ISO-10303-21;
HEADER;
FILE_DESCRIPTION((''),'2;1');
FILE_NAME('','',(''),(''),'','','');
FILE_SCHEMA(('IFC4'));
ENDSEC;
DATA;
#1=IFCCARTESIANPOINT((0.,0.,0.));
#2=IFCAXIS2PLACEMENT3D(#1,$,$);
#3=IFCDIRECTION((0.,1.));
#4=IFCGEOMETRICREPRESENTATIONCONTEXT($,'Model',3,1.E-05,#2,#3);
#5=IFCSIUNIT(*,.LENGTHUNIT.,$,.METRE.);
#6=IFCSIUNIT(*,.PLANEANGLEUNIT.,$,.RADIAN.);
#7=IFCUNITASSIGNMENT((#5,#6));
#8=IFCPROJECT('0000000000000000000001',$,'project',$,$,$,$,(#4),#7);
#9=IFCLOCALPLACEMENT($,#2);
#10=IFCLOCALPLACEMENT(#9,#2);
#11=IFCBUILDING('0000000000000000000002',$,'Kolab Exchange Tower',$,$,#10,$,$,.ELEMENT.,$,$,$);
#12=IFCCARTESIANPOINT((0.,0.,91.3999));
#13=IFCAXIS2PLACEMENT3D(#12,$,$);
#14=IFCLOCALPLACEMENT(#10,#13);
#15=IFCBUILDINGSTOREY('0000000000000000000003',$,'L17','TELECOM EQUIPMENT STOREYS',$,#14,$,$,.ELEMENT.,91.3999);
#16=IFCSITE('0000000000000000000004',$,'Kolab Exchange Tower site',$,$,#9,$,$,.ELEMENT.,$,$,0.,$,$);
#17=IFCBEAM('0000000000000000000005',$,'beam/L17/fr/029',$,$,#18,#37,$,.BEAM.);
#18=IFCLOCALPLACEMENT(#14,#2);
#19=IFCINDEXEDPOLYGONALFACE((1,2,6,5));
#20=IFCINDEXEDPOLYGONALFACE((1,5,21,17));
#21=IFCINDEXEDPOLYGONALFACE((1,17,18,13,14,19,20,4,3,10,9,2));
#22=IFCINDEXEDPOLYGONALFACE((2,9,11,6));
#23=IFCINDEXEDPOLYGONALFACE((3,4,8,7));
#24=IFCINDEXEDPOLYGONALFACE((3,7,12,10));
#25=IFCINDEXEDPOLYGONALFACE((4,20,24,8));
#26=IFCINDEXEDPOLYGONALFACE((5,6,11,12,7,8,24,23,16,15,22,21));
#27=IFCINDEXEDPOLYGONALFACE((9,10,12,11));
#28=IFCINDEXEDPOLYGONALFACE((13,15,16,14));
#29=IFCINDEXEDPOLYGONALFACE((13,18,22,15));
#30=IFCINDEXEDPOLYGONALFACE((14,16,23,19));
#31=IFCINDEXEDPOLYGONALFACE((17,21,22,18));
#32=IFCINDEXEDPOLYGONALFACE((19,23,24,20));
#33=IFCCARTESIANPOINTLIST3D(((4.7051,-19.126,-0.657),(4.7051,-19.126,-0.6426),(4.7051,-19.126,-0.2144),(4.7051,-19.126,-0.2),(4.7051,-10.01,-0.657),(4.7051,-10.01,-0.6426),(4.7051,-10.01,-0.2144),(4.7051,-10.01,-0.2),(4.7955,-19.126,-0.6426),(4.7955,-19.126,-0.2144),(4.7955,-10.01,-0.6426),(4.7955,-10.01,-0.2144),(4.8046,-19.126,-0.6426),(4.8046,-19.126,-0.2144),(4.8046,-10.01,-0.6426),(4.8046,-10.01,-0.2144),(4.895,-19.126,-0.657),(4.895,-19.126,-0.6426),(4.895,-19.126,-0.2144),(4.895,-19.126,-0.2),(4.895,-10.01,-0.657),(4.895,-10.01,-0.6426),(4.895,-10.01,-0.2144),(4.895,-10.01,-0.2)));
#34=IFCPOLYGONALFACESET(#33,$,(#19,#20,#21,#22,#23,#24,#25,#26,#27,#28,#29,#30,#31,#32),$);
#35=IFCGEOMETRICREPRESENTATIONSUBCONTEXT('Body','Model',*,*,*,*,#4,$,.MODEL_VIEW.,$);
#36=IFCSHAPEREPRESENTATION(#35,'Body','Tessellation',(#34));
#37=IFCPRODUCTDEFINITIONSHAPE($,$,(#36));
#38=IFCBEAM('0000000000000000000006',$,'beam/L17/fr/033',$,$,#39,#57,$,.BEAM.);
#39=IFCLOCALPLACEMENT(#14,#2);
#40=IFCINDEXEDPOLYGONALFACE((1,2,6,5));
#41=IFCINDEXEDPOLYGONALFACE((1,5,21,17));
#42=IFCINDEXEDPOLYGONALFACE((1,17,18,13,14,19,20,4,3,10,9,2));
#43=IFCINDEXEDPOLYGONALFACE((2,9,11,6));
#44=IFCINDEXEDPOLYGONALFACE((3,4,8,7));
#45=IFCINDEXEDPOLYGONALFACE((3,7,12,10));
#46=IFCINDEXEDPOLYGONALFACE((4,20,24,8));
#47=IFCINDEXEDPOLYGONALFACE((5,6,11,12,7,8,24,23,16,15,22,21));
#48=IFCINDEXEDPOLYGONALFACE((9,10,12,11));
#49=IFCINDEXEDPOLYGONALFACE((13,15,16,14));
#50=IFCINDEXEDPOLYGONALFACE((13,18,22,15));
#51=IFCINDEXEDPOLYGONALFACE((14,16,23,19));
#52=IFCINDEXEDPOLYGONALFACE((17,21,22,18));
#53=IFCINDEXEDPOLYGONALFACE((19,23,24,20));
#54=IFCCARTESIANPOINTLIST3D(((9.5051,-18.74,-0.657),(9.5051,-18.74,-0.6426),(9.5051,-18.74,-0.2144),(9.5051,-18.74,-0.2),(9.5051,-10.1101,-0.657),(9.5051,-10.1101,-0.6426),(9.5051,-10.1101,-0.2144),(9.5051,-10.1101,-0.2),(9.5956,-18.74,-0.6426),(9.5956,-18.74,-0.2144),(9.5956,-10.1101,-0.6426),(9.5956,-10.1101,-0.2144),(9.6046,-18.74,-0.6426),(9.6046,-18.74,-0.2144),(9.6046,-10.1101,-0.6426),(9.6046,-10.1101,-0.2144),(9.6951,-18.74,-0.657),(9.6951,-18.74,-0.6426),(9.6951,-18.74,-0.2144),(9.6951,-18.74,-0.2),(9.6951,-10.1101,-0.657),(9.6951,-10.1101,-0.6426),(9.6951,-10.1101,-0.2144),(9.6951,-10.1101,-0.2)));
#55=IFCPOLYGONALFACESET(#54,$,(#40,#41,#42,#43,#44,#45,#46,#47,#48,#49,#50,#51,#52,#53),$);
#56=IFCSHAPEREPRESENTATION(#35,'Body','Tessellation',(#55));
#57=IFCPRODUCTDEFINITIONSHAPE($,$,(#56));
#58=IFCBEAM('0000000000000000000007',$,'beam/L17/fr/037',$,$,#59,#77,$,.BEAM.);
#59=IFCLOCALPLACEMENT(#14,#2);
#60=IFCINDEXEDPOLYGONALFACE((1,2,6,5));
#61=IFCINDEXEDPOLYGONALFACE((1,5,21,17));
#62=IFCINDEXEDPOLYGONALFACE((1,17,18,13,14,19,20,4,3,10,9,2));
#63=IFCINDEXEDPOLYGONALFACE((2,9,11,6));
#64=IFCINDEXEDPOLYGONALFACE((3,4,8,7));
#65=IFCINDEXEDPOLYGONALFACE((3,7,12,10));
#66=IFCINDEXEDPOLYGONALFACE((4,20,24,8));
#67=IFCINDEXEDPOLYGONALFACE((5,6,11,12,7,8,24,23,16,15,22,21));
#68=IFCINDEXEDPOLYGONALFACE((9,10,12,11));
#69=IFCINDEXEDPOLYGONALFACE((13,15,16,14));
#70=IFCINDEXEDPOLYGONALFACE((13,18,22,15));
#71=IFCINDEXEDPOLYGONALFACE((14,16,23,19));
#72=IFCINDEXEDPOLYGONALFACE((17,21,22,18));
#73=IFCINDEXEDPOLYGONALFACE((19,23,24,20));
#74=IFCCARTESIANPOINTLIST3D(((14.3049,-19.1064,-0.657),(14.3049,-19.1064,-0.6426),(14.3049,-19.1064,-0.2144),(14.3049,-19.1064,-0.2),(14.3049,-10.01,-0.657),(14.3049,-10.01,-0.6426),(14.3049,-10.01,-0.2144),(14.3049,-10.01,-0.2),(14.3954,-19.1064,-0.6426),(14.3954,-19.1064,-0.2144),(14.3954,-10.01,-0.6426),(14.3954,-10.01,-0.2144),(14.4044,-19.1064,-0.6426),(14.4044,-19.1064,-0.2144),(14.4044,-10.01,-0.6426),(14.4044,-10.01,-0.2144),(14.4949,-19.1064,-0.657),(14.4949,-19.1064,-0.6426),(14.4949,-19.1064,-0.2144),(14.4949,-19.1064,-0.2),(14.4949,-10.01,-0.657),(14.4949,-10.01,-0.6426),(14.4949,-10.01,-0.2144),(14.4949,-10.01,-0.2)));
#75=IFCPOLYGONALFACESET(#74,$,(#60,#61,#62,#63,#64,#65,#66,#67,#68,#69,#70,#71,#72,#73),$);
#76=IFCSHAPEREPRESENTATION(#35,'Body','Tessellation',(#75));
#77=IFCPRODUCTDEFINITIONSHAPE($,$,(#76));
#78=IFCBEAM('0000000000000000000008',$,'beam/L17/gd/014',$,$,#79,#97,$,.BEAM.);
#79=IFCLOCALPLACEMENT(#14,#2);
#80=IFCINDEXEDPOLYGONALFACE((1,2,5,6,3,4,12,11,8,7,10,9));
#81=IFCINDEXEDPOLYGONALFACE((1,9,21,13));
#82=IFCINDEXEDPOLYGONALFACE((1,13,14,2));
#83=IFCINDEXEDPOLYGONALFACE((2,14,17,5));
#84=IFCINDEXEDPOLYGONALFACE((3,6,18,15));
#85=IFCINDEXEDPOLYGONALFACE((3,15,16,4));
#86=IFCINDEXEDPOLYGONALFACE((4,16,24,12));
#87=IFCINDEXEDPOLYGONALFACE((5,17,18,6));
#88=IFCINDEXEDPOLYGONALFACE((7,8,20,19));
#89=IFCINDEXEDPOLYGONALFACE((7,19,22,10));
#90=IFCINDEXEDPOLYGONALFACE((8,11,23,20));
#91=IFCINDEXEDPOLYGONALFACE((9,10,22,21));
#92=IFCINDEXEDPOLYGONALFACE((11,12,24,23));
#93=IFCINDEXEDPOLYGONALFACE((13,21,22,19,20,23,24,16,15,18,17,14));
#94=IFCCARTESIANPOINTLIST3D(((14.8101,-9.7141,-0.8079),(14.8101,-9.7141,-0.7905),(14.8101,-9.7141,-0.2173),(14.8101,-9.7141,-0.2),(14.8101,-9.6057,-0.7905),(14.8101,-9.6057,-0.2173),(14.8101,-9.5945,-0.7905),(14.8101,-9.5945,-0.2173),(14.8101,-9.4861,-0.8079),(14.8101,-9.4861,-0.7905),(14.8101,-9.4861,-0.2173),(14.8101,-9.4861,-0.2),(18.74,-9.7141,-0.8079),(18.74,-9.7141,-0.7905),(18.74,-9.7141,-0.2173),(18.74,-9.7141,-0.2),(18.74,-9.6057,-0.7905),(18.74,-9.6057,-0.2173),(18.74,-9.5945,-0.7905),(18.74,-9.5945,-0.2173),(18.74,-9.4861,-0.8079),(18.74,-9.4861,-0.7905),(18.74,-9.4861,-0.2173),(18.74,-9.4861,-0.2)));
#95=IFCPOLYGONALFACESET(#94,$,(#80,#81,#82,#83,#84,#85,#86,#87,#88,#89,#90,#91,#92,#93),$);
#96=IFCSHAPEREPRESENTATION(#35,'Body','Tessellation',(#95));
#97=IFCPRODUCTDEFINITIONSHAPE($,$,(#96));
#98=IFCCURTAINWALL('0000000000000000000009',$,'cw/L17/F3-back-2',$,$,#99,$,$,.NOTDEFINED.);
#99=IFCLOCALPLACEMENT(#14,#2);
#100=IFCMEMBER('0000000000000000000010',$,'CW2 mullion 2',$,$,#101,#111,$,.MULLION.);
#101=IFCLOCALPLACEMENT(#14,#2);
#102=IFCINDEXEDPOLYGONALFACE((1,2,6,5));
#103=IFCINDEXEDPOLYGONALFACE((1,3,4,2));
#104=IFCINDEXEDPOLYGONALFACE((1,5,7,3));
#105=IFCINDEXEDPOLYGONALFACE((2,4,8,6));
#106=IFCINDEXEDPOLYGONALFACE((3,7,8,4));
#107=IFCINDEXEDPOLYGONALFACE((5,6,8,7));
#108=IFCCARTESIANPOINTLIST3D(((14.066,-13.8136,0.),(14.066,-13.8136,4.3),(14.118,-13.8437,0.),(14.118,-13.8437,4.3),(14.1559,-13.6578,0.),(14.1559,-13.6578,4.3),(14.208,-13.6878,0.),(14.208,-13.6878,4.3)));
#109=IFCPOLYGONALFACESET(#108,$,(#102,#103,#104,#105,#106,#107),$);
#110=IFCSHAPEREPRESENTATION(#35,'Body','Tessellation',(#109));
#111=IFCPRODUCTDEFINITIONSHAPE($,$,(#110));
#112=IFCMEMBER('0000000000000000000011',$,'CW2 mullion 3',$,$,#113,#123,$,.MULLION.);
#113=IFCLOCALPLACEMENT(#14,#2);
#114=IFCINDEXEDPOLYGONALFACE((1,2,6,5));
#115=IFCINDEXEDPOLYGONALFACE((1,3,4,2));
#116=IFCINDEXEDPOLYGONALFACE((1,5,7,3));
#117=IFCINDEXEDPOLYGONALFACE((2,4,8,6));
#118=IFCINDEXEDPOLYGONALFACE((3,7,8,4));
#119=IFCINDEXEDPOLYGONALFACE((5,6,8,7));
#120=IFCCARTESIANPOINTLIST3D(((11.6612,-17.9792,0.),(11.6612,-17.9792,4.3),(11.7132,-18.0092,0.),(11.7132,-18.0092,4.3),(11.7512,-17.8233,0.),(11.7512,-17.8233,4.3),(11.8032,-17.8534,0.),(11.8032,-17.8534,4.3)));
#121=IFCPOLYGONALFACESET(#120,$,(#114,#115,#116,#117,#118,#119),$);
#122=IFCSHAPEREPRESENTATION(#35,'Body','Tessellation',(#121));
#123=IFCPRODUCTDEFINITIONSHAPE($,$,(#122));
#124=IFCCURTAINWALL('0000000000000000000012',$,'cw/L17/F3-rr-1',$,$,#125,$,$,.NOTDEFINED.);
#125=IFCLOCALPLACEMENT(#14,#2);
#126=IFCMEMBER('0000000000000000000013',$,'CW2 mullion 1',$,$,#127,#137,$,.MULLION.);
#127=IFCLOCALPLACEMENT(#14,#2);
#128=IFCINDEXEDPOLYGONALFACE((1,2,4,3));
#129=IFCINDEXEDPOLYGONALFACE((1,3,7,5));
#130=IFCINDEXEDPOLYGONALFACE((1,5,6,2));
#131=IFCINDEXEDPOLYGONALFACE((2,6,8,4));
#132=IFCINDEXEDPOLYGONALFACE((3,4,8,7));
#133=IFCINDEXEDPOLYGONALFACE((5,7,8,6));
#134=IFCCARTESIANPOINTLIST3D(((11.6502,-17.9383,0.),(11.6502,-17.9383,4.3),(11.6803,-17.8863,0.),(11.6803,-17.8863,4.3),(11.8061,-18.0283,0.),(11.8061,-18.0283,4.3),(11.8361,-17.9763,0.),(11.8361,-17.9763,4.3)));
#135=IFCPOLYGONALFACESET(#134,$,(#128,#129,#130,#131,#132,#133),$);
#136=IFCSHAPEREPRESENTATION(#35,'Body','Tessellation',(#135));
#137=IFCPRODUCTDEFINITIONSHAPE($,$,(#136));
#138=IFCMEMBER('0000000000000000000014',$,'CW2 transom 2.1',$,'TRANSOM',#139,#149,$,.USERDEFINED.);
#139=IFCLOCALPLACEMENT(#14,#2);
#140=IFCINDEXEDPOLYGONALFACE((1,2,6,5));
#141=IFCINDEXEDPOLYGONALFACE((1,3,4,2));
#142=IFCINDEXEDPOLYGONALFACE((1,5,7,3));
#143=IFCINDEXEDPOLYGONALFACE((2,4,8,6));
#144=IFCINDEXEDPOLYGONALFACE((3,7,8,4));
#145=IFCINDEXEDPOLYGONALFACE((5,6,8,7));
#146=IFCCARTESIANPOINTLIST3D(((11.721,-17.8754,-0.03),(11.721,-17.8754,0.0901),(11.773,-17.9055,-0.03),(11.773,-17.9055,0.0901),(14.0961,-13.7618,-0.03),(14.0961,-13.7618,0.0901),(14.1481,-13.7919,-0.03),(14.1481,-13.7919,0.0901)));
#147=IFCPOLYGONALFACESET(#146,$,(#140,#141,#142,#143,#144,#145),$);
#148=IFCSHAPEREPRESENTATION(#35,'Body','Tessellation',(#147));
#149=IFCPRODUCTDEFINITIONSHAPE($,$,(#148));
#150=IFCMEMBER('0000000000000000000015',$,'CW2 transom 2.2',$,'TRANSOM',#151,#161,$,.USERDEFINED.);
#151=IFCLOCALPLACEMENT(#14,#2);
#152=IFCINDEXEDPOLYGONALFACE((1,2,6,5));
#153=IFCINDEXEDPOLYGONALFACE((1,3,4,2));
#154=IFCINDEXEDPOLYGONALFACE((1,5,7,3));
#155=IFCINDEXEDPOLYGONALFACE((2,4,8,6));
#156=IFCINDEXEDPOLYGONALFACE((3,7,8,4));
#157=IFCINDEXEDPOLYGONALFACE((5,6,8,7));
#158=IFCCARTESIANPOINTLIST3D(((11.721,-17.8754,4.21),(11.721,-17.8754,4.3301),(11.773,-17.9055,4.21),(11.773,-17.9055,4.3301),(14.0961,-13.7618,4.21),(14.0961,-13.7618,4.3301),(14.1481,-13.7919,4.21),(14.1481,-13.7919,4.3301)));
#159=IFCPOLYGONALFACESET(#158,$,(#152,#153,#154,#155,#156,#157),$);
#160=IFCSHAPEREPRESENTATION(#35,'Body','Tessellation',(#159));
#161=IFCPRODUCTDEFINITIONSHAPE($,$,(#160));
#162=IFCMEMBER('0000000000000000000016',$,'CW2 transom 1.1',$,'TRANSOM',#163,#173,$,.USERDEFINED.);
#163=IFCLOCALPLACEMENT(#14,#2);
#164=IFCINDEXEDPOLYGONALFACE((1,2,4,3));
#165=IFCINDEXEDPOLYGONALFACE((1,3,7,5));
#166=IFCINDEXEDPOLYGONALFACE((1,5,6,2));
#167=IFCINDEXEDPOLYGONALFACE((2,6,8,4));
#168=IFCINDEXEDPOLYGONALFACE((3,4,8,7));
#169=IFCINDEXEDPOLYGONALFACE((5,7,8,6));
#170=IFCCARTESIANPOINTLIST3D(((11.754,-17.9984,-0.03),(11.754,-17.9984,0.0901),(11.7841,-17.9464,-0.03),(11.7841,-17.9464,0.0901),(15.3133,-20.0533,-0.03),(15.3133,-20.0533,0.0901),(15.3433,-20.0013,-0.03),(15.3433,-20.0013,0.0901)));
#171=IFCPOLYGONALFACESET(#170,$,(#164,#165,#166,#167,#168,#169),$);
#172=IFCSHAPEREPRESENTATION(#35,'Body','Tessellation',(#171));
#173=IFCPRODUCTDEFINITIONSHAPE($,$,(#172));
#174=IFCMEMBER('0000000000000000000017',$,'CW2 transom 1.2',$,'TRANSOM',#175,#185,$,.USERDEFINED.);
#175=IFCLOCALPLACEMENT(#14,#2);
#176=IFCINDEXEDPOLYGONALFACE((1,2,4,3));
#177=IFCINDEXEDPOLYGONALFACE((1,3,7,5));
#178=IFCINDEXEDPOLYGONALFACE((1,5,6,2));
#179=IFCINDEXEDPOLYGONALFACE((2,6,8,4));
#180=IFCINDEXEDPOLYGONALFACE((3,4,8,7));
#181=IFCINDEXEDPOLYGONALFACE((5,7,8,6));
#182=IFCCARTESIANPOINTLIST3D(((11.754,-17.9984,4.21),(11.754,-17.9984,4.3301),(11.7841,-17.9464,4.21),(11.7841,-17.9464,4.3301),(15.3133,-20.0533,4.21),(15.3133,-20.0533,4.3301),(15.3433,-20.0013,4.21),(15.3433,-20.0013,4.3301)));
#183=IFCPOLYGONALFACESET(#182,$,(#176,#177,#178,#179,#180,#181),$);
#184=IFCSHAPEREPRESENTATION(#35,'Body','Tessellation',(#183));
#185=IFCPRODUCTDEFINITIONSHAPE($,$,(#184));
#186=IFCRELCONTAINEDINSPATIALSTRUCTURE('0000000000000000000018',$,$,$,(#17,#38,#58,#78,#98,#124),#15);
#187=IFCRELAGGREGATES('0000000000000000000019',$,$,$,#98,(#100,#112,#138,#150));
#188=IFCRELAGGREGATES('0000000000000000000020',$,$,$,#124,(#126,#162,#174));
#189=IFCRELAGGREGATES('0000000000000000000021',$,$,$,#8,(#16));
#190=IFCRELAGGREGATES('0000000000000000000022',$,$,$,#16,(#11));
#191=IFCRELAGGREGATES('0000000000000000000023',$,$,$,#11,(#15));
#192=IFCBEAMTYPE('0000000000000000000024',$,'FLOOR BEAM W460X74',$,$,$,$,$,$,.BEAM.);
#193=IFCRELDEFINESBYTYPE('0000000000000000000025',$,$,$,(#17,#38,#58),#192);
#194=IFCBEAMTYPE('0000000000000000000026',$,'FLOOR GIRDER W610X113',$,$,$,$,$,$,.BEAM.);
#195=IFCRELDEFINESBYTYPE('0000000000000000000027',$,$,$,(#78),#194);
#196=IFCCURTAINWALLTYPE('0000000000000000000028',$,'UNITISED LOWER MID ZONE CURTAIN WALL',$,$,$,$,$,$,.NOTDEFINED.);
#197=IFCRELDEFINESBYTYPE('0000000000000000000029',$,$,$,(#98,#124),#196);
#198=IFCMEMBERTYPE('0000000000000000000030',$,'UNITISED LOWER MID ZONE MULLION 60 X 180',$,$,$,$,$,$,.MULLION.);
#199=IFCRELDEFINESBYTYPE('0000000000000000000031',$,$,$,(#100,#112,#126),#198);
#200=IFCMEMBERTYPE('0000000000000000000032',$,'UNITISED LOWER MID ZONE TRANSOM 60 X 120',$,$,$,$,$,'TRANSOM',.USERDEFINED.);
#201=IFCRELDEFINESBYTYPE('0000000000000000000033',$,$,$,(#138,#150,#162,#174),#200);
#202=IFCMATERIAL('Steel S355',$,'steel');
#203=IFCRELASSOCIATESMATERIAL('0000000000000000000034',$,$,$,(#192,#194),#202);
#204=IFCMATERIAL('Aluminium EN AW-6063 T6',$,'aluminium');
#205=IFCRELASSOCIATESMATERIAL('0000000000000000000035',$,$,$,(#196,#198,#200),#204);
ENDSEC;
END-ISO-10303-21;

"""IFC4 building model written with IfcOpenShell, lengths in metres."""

from ifc_helpers import new_model, si_unit, direction, frame, origin, origin_2d, place, context, subcontext, project, spatial, rectangle, i_section, extrude, material, material_profile, profile_set, type_object, element, aggregate, save


model = new_model("IFC4")

# Units and contexts
model_context = context("Model", 3, precision=1e-05, world=origin(), true_north=direction((0.0, 1.0)))
body_context = subcontext(model_context, "Body", "Model", "MODEL_VIEW")
ifc_project = project(units=[si_unit("LENGTHUNIT", "METRE"), si_unit("PLANEANGLEUNIT", "RADIAN")], contexts=[model_context])

# Site, building, storey
site_placement = place(None, origin())
site = spatial("IfcSite", under=ifc_project, at=site_placement, Name="Kolab Exchange Tower site", CompositionType="ELEMENT", RefElevation=0.0)
building_placement = place(site_placement, origin())
building = spatial("IfcBuilding", under=site, at=building_placement, Name="Kolab Exchange Tower", CompositionType="ELEMENT")
storey_placement = place(building_placement, frame((0.0, 0.0, 91.3999)))
storey = spatial("IfcBuildingStorey", under=building, at=storey_placement, Name="L17", Description="TELECOM EQUIPMENT STOREYS", CompositionType="ELEMENT", Elevation=91.3999)

# Beams
ifc_material_1 = material(Name="Steel S355", Category="steel")
ifc_material_profile_1 = material_profile(ifc_material_1, i_section(OverallWidth=0.1899, OverallDepth=0.457, WebThickness=0.009, FlangeThickness=0.0144, at=origin_2d()), Name="W460X74")
ifc_profile_set_1 = profile_set([ifc_material_profile_1], Name="Steel S355")
beam_type_1 = type_object("IfcBeamType", Name="FLOOR BEAM W460X74", PredefinedType="BEAM", material=ifc_profile_set_1)
beam_1_placement = place(storey_placement, frame((4.8, -19.126, -0.4285), z_axis=(0.0, 1.0, 0.0), x_axis=(-1.0, 0.0, 0.0)))
element("IfcBeam", 1, at=beam_1_placement, inside=storey, type_object=beam_type_1, Name="beam/L17/fr/029", PredefinedType="BEAM", context=body_context, shape_type="SweptSolid", body=[
    extrude(i_section(OverallWidth=0.1899, OverallDepth=0.457, WebThickness=0.009, FlangeThickness=0.0144, at=origin_2d()), origin(), (0.0, 0.0, 1.0), 9.116),
])
beam_2_placement = place(storey_placement, frame((9.6001, -18.74, -0.4285), z_axis=(0.0, 1.0, 0.0), x_axis=(-1.0, 0.0, 0.0)))
element("IfcBeam", 2, at=beam_2_placement, inside=storey, type_object=beam_type_1, Name="beam/L17/fr/033", PredefinedType="BEAM", context=body_context, shape_type="SweptSolid", body=[
    extrude(i_section(OverallWidth=0.1899, OverallDepth=0.457, WebThickness=0.009, FlangeThickness=0.0144, at=origin_2d()), origin(), (0.0, 0.0, 1.0), 8.6299),
])
beam_3_placement = place(storey_placement, frame((14.3999, -19.1064, -0.4285), z_axis=(0.0, 1.0, 0.0), x_axis=(-1.0, 0.0, 0.0)))
element("IfcBeam", 3, at=beam_3_placement, inside=storey, type_object=beam_type_1, Name="beam/L17/fr/037", PredefinedType="BEAM", context=body_context, shape_type="SweptSolid", body=[
    extrude(i_section(OverallWidth=0.1899, OverallDepth=0.457, WebThickness=0.009, FlangeThickness=0.0144, at=origin_2d()), origin(), (0.0, 0.0, 1.0), 9.0964),
])
ifc_material_profile_2 = material_profile(ifc_material_1, i_section(OverallWidth=0.228, OverallDepth=0.6079, WebThickness=0.0112, FlangeThickness=0.0173, at=origin_2d()), Name="W610X113")
ifc_profile_set_2 = profile_set([ifc_material_profile_2], Name="Steel S355")
beam_type_2 = type_object("IfcBeamType", Name="FLOOR GIRDER W610X113", PredefinedType="BEAM", material=ifc_profile_set_2)
beam_4_placement = place(storey_placement, frame((14.8101, -9.6001, -0.5039), z_axis=(1.0, 0.0, 0.0), x_axis=(0.0, 1.0, 0.0)))
element("IfcBeam", 4, at=beam_4_placement, inside=storey, type_object=beam_type_2, Name="beam/L17/gd/014", PredefinedType="BEAM", context=body_context, shape_type="SweptSolid", body=[
    extrude(i_section(OverallWidth=0.228, OverallDepth=0.6079, WebThickness=0.0112, FlangeThickness=0.0173, at=origin_2d()), origin(), (0.0, 0.0, 1.0), 3.9299),
])

# Curtain wall, members
ifc_material_2 = material(Name="Aluminium EN AW-6063 T6", Category="aluminium")
curtain_wall_type = type_object("IfcCurtainWallType", Name="UNITISED LOWER MID ZONE CURTAIN WALL", PredefinedType="NOTDEFINED", material=ifc_material_2)
curtain_wall_1_placement = place(storey_placement, origin())
curtain_wall_1 = element("IfcCurtainWall", 5, at=curtain_wall_1_placement, inside=storey, type_object=curtain_wall_type, Name="cw/L17/F3-back-2", PredefinedType="NOTDEFINED")
ifc_material_profile_3 = material_profile(ifc_material_2, rectangle(XDim=0.0601, YDim=0.1799, at=origin_2d()), Name="RECT 60X180")
ifc_profile_set_3 = profile_set([ifc_material_profile_3], Name="Aluminium EN AW-6063 T6")
member_type_1 = type_object("IfcMemberType", Name="UNITISED LOWER MID ZONE MULLION 60 X 180", PredefinedType="MULLION", material=ifc_profile_set_3)
member_1_placement = place(storey_placement, frame((14.137, -13.7507, 0.0), z_axis=(0.0, 0.0, 1.0), x_axis=(0.866025, -0.5, 0.0)))
member_1 = element("IfcMember", 6, at=member_1_placement, type_object=member_type_1, Name="CW2 mullion 2", PredefinedType="MULLION", context=body_context, shape_type="SweptSolid", body=[
    extrude(rectangle(XDim=0.0601, YDim=0.1799, at=origin_2d()), origin(), (0.0, 0.0, 1.0), 4.3),
])
member_2_placement = place(storey_placement, frame((11.7322, -17.9163, 0.0), z_axis=(0.0, 0.0, 1.0), x_axis=(0.866025, -0.5, 0.0)))
member_2 = element("IfcMember", 7, at=member_2_placement, type_object=member_type_1, Name="CW2 mullion 3", PredefinedType="MULLION", context=body_context, shape_type="SweptSolid", body=[
    extrude(rectangle(XDim=0.0601, YDim=0.1799, at=origin_2d()), origin(), (0.0, 0.0, 1.0), 4.3),
])

# Curtain wall, member
curtain_wall_2_placement = place(storey_placement, origin())
curtain_wall_2 = element("IfcCurtainWall", 8, at=curtain_wall_2_placement, inside=storey, type_object=curtain_wall_type, Name="cw/L17/F3-rr-1", PredefinedType="NOTDEFINED")
member_3_placement = place(storey_placement, frame((11.7432, -17.9573, 0.0), z_axis=(0.0, 0.0, 1.0), x_axis=(0.5, 0.866025, 0.0)))
member_3 = element("IfcMember", 9, at=member_3_placement, type_object=member_type_1, Name="CW2 mullion 1", PredefinedType="MULLION", context=body_context, shape_type="SweptSolid", body=[
    extrude(rectangle(XDim=0.0601, YDim=0.1799, at=origin_2d()), origin(), (0.0, 0.0, 1.0), 4.3),
])

# Members
ifc_material_profile_4 = material_profile(ifc_material_2, rectangle(XDim=0.0601, YDim=0.1201, at=origin_2d()), Name="RECT 60X120")
ifc_profile_set_4 = profile_set([ifc_material_profile_4], Name="Aluminium EN AW-6063 T6")
member_type_2 = type_object("IfcMemberType", Name="UNITISED LOWER MID ZONE TRANSOM 60 X 120", ElementType="TRANSOM", PredefinedType="USERDEFINED", material=ifc_profile_set_4)
member_4_placement = place(storey_placement, frame((14.1221, -13.7769, 0.03), z_axis=(-0.500009, -0.86602, 0.0), x_axis=(0.86602, -0.500009, 0.0)))
member_4 = element("IfcMember", 10, at=member_4_placement, type_object=member_type_2, Name="CW2 transom 2.1", ObjectType="TRANSOM", PredefinedType="USERDEFINED", context=body_context, shape_type="SweptSolid", body=[
    extrude(rectangle(XDim=0.0601, YDim=0.1201, at=origin_2d()), origin(), (0.0, 0.0, 1.0), 4.75),
])
member_5_placement = place(storey_placement, frame((14.1221, -13.7769, 4.27), z_axis=(-0.500009, -0.86602, 0.0), x_axis=(0.86602, -0.500009, 0.0)))
member_5 = element("IfcMember", 11, at=member_5_placement, type_object=member_type_2, Name="CW2 transom 2.2", ObjectType="TRANSOM", PredefinedType="USERDEFINED", context=body_context, shape_type="SweptSolid", body=[
    extrude(rectangle(XDim=0.0601, YDim=0.1201, at=origin_2d()), origin(), (0.0, 0.0, 1.0), 4.75),
])
member_6_placement = place(storey_placement, frame((11.769, -17.9724, 0.03), z_axis=(0.86603, -0.499992, 0.0), x_axis=(0.499992, 0.86603, 0.0)))
member_6 = element("IfcMember", 12, at=member_6_placement, type_object=member_type_2, Name="CW2 transom 1.1", ObjectType="TRANSOM", PredefinedType="USERDEFINED", context=body_context, shape_type="SweptSolid", body=[
    extrude(rectangle(XDim=0.0601, YDim=0.1201, at=origin_2d()), origin(), (0.0, 0.0, 1.0), 4.1099),
])
member_7_placement = place(storey_placement, frame((11.769, -17.9724, 4.27), z_axis=(0.86603, -0.499992, 0.0), x_axis=(0.499992, 0.86603, 0.0)))
member_7 = element("IfcMember", 13, at=member_7_placement, type_object=member_type_2, Name="CW2 transom 1.2", ObjectType="TRANSOM", PredefinedType="USERDEFINED", context=body_context, shape_type="SweptSolid", body=[
    extrude(rectangle(XDim=0.0601, YDim=0.1201, at=origin_2d()), origin(), (0.0, 0.0, 1.0), 4.1099),
])

aggregate(curtain_wall_1, [member_1, member_2, member_4, member_5])
aggregate(curtain_wall_2, [member_3, member_6, member_7])

save(model, "model.ifc")
